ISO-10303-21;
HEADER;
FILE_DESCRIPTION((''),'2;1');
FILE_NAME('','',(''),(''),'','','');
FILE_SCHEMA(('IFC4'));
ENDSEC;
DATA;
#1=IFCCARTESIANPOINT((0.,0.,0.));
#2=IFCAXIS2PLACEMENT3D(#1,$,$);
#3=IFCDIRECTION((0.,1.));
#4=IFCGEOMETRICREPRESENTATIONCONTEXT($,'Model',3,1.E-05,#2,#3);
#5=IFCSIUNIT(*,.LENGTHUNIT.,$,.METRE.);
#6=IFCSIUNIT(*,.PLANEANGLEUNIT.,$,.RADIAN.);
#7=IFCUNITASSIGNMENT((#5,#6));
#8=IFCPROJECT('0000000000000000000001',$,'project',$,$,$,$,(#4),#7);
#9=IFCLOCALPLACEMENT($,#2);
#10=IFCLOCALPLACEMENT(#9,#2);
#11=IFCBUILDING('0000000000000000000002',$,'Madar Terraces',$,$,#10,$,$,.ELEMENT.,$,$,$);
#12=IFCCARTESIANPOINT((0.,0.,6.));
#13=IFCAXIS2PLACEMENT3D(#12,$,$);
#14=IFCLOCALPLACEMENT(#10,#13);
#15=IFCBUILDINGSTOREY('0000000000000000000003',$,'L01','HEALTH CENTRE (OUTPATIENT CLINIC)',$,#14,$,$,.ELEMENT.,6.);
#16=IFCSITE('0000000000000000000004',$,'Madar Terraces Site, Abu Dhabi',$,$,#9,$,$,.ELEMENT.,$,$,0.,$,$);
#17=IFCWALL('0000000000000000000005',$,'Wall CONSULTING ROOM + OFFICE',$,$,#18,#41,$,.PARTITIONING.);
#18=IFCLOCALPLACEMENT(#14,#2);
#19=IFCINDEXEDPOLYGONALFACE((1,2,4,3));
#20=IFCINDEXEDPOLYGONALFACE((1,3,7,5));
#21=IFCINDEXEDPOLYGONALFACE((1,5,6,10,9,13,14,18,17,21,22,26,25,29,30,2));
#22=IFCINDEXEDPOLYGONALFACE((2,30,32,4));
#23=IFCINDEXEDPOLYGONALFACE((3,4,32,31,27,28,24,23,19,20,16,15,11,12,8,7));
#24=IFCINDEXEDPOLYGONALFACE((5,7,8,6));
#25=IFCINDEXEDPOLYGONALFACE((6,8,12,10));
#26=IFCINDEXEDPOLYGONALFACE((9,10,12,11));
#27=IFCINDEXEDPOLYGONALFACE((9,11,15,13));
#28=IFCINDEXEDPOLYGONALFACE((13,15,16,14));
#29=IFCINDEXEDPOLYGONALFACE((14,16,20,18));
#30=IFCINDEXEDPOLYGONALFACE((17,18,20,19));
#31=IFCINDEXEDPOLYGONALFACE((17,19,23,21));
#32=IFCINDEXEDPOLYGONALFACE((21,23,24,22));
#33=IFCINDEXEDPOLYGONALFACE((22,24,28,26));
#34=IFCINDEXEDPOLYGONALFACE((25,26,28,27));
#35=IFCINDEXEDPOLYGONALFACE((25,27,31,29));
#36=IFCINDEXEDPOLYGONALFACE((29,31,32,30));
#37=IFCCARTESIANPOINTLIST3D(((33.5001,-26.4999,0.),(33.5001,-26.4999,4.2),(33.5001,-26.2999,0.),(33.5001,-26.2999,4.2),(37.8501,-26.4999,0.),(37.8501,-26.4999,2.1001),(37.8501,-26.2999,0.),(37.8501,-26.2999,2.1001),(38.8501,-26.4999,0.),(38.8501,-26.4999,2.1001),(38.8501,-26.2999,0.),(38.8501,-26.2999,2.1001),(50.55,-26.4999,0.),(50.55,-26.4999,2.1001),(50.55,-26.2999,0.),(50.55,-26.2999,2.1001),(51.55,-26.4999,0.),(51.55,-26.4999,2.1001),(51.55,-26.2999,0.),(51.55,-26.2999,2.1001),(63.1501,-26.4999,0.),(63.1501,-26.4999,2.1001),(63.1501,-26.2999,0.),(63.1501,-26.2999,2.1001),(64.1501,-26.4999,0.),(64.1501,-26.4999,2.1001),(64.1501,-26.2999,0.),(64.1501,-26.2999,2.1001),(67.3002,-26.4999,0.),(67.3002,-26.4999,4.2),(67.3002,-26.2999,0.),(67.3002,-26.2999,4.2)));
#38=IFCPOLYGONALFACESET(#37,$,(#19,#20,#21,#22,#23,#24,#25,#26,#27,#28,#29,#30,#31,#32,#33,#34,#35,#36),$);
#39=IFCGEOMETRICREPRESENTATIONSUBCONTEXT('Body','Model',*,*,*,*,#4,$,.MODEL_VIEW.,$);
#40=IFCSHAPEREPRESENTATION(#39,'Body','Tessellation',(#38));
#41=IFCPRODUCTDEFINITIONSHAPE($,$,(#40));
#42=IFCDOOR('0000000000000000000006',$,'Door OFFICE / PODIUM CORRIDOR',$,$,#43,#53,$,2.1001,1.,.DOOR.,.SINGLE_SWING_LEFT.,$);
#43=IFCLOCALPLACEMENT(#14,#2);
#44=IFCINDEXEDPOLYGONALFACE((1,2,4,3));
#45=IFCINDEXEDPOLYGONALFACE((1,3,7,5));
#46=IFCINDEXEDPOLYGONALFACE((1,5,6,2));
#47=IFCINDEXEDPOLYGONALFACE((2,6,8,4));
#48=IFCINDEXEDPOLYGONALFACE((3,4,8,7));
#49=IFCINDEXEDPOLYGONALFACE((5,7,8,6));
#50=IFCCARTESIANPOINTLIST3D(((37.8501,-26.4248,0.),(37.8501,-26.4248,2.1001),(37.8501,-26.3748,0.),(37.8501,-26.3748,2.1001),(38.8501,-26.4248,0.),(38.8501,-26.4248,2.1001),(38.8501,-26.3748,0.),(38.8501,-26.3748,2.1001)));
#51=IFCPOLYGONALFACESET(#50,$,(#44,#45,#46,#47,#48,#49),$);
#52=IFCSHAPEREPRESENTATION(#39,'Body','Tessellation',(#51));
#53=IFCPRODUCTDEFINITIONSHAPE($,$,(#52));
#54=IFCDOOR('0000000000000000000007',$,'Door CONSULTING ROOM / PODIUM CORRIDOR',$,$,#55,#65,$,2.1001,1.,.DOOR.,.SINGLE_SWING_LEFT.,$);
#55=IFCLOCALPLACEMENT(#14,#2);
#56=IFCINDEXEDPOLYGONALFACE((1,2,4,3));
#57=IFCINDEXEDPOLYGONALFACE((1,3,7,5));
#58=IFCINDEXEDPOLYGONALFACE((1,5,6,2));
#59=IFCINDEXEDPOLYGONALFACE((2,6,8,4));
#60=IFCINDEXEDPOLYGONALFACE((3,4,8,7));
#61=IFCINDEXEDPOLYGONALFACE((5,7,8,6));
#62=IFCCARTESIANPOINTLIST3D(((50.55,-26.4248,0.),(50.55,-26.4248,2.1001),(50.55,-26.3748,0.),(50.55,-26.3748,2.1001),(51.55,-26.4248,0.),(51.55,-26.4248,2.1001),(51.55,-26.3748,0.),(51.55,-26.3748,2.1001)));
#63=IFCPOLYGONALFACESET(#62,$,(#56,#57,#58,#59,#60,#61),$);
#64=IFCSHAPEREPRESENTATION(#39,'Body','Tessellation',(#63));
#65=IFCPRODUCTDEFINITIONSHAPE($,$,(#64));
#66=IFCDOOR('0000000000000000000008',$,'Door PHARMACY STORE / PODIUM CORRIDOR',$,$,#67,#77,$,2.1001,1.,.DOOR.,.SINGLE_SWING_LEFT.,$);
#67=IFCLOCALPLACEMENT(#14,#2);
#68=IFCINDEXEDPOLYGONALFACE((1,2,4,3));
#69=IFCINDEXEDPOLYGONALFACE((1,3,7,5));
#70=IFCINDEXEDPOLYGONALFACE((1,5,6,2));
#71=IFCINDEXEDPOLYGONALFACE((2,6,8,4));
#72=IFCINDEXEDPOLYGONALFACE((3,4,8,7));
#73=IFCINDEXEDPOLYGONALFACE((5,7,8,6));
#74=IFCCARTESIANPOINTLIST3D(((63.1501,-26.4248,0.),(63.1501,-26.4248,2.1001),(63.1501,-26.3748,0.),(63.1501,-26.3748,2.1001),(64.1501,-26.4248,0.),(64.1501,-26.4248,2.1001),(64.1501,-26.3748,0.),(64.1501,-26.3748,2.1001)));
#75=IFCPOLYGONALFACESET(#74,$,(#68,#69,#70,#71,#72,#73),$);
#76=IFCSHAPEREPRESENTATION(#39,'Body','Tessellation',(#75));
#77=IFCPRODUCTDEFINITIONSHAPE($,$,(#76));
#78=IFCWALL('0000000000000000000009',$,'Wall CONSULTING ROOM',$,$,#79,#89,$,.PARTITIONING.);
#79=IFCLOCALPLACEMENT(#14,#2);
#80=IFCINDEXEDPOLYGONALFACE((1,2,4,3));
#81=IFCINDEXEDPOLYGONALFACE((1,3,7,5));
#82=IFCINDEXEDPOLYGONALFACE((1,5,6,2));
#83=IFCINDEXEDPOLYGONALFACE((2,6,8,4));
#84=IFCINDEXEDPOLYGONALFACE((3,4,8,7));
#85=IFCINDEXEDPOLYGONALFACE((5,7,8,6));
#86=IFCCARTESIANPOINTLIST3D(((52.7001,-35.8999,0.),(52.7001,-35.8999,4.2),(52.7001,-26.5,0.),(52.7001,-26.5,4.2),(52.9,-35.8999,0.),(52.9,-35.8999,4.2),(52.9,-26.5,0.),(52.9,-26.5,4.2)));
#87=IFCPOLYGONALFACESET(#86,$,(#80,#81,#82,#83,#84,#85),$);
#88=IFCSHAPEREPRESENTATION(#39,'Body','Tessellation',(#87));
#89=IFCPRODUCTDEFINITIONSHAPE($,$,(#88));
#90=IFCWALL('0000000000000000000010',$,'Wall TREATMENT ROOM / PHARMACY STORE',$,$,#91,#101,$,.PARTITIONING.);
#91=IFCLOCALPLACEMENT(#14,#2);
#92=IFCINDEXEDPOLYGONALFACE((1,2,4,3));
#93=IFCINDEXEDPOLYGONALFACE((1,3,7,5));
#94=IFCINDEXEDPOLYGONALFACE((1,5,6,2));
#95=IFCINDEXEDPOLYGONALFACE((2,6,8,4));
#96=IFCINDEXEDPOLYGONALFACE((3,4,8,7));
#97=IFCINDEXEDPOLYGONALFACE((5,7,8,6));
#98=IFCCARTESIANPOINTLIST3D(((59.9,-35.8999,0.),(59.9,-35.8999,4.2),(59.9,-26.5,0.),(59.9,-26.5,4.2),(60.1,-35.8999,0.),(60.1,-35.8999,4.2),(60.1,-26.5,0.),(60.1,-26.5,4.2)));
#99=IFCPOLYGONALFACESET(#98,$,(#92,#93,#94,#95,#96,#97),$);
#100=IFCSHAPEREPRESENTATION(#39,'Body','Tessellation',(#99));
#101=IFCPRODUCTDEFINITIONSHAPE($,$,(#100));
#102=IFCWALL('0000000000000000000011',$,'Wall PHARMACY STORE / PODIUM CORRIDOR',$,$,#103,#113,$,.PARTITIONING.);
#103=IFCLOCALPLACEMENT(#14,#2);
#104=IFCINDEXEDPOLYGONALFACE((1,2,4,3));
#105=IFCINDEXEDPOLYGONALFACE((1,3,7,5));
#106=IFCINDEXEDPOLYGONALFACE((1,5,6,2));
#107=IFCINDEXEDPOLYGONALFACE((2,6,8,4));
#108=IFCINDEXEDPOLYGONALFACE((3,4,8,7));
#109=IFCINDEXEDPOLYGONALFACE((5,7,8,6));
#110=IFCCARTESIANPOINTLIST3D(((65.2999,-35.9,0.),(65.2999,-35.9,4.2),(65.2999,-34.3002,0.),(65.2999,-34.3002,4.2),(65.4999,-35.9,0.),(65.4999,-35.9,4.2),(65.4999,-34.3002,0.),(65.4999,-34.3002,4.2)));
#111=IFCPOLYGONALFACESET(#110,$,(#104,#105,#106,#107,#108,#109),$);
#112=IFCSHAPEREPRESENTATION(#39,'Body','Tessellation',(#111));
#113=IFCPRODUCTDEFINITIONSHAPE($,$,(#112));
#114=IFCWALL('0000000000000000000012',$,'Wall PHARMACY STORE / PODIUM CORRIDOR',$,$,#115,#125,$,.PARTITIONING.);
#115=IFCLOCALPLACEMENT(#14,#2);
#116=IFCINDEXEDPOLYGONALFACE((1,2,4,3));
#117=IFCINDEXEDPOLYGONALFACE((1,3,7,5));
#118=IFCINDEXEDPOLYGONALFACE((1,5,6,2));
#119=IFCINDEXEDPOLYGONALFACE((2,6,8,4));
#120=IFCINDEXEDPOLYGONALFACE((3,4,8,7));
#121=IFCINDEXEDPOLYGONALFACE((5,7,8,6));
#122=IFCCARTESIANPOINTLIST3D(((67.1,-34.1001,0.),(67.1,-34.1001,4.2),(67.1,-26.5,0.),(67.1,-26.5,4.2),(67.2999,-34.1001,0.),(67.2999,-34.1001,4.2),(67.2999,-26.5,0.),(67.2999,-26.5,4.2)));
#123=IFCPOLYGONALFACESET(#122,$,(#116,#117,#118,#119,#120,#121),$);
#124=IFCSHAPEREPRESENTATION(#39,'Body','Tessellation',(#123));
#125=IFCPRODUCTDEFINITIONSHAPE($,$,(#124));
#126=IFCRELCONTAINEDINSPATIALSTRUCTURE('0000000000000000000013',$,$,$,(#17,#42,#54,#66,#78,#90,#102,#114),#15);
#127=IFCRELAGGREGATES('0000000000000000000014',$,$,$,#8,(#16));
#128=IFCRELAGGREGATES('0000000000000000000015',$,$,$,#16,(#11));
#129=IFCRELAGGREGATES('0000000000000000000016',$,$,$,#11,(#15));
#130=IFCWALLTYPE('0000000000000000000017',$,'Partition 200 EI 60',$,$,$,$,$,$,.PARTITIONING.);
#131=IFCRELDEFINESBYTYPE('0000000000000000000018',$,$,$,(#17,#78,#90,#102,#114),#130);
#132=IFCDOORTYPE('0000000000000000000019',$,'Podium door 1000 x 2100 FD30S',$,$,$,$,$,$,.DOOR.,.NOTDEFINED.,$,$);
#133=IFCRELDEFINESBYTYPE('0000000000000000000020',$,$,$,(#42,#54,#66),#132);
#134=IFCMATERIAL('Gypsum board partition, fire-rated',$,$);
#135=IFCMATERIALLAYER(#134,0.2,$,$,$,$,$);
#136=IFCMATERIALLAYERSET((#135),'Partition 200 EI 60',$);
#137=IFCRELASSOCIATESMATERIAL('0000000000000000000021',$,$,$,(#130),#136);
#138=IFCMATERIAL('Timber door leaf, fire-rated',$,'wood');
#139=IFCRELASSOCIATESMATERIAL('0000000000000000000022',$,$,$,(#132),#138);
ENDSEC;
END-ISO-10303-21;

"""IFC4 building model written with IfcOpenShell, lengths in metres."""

from ifc_helpers import new_model, si_unit, direction, frame, frame_2d, origin, place, context, subcontext, project, spatial, rectangle, extrude, material, layer, layer_set, type_object, element, fill, save


model = new_model("IFC4")

# Units and contexts
model_context = context("Model", 3, precision=1e-05, world=origin(), true_north=direction((0.0, 1.0)))
body_context = subcontext(model_context, "Body", "Model", "MODEL_VIEW")
ifc_project = project(units=[si_unit("LENGTHUNIT", "METRE"), si_unit("PLANEANGLEUNIT", "RADIAN")], contexts=[model_context])

# Site, building, storey
site_placement = place(None, origin())
site = spatial("IfcSite", under=ifc_project, at=site_placement, Name="Madar Terraces Site, Abu Dhabi", CompositionType="ELEMENT", RefElevation=0.0)
building_placement = place(site_placement, origin())
building = spatial("IfcBuilding", under=site, at=building_placement, Name="Madar Terraces", CompositionType="ELEMENT")
storey_placement = place(building_placement, frame((0.0, 0.0, 6.0)))
storey = spatial("IfcBuildingStorey", under=building, at=storey_placement, Name="L01", Description="HEALTH CENTRE (OUTPATIENT CLINIC)", CompositionType="ELEMENT", Elevation=6.0)

# Shared definitions
ifc_material_1 = material(Name="Gypsum board partition, fire-rated")
ifc_layer_1 = layer(ifc_material_1, 0.2)
ifc_layer_set_1 = layer_set([ifc_layer_1], Name="Partition 200 EI 60")
wall_type = type_object("IfcWallType", Name="Partition 200 EI 60", PredefinedType="PARTITIONING", material=ifc_layer_set_1)

# Wall, openings, doors
wall_1_placement = place(storey_placement, frame((67.3, -26.3999, 0.0), z_axis=(0.0, 0.0, 1.0), x_axis=(-1.0, 0.0, 0.0)))
wall_1 = element("IfcWall", 1, at=wall_1_placement, inside=storey, type_object=wall_type, Name="Wall CONSULTING ROOM + OFFICE", PredefinedType="PARTITIONING", context=body_context, shape_type="SweptSolid", body=[
    extrude(rectangle(XDim=33.8, YDim=0.2, at=frame_2d((16.8999, 0.0))), origin(), (0.0, 0.0, 1.0), 4.2),
])
opening_1_placement = place(wall_1_placement, frame((28.45, 0.0, 0.0)))
opening_1 = element("IfcOpeningElement", 2, at=opening_1_placement, cuts=wall_1, PredefinedType="OPENING", context=body_context, shape_type="SweptSolid", body=[
    extrude(rectangle(XDim=1.0, YDim=2.1001, at=frame_2d((0.5, 1.05))), frame((0.0, 0.1099, 0.0), z_axis=(0.0, -1.0, 0.0), x_axis=(1.0, 0.0, 0.0)), (0.0, 0.0, 1.0), 0.22),
])
opening_2_placement = place(wall_1_placement, frame((15.75, 0.0, 0.0)))
opening_2 = element("IfcOpeningElement", 3, at=opening_2_placement, cuts=wall_1, PredefinedType="OPENING", context=body_context, shape_type="SweptSolid", body=[
    extrude(rectangle(XDim=1.0, YDim=2.1001, at=frame_2d((0.5, 1.05))), frame((0.0, 0.1099, 0.0), z_axis=(0.0, -1.0, 0.0), x_axis=(1.0, 0.0, 0.0)), (0.0, 0.0, 1.0), 0.22),
])
opening_3_placement = place(wall_1_placement, frame((3.1499, 0.0, 0.0)))
opening_3 = element("IfcOpeningElement", 4, at=opening_3_placement, cuts=wall_1, PredefinedType="OPENING", context=body_context, shape_type="SweptSolid", body=[
    extrude(rectangle(XDim=1.0, YDim=2.1001, at=frame_2d((0.5, 1.05))), frame((0.0, 0.1099, 0.0), z_axis=(0.0, -1.0, 0.0), x_axis=(1.0, 0.0, 0.0)), (0.0, 0.0, 1.0), 0.22),
])
ifc_material_2 = material(Name="Timber door leaf, fire-rated", Category="wood")
door_type = type_object("IfcDoorType", Name="Podium door 1000 x 2100 FD30S", OperationType="NOTDEFINED", PredefinedType="DOOR", material=ifc_material_2)
door_1_placement = place(opening_1_placement, origin())
door_1 = element("IfcDoor", 5, at=door_1_placement, inside=storey, type_object=door_type, Name="Door OFFICE / PODIUM CORRIDOR", OperationType="SINGLE_SWING_LEFT", OverallHeight=2.1001, OverallWidth=1.0, PredefinedType="DOOR", context=body_context, shape_type="SweptSolid", body=[
    extrude(rectangle(XDim=1.0, YDim=2.1001, at=frame_2d((0.5, 1.05))), frame((0.0, 0.0249, 0.0), z_axis=(0.0, -1.0, 0.0), x_axis=(1.0, 0.0, 0.0)), (0.0, 0.0, 1.0), 0.05),
])
fill(opening_1, door_1)
door_2_placement = place(opening_2_placement, origin())
door_2 = element("IfcDoor", 6, at=door_2_placement, inside=storey, type_object=door_type, Name="Door CONSULTING ROOM / PODIUM CORRIDOR", OperationType="SINGLE_SWING_LEFT", OverallHeight=2.1001, OverallWidth=1.0, PredefinedType="DOOR", context=body_context, shape_type="SweptSolid", body=[
    extrude(rectangle(XDim=1.0, YDim=2.1001, at=frame_2d((0.5, 1.05))), frame((0.0, 0.0249, 0.0), z_axis=(0.0, -1.0, 0.0), x_axis=(1.0, 0.0, 0.0)), (0.0, 0.0, 1.0), 0.05),
])
fill(opening_2, door_2)
door_3_placement = place(opening_3_placement, origin())
door_3 = element("IfcDoor", 7, at=door_3_placement, inside=storey, type_object=door_type, Name="Door PHARMACY STORE / PODIUM CORRIDOR", OperationType="SINGLE_SWING_LEFT", OverallHeight=2.1001, OverallWidth=1.0, PredefinedType="DOOR", context=body_context, shape_type="SweptSolid", body=[
    extrude(rectangle(XDim=1.0, YDim=2.1001, at=frame_2d((0.5, 1.05))), frame((0.0, 0.0249, 0.0), z_axis=(0.0, -1.0, 0.0), x_axis=(1.0, 0.0, 0.0)), (0.0, 0.0, 1.0), 0.05),
])
fill(opening_3, door_3)

# Walls
for number, where, z_axis, x_axis, name in (
    (8, (52.8, -35.8999, 0.0), (0.0, 0.0, 1.0), (0.0, 1.0, 0.0), "Wall CONSULTING ROOM"),
    (9, (60.0, -35.8999, 0.0), (0.0, 0.0, 1.0), (0.0, 1.0, 0.0), "Wall TREATMENT ROOM / PHARMACY STORE"),
):
    element("IfcWall", number, at=place(storey_placement, frame(where, z_axis=z_axis, x_axis=x_axis)), inside=storey, type_object=wall_type, Name=name, PredefinedType="PARTITIONING", context=body_context, shape_type="SweptSolid", body=[
        extrude(rectangle(XDim=9.3999, YDim=0.2, at=frame_2d((4.7, 0.0))), origin(), (0.0, 0.0, 1.0), 4.2),
    ])
wall_2_placement = place(storey_placement, frame((65.3999, -35.8999, 0.0), z_axis=(0.0, 0.0, 1.0), x_axis=(0.0, 1.0, 0.0)))
element("IfcWall", 10, at=wall_2_placement, inside=storey, type_object=wall_type, Name="Wall PHARMACY STORE / PODIUM CORRIDOR", PredefinedType="PARTITIONING", context=body_context, shape_type="SweptSolid", body=[
    extrude(rectangle(XDim=1.5999, YDim=0.2, at=frame_2d((0.7998, 0.0))), origin(), (0.0, 0.0, 1.0), 4.2),
])
wall_3_placement = place(storey_placement, frame((67.2, -34.1001, 0.0), z_axis=(0.0, 0.0, 1.0), x_axis=(0.0, 1.0, 0.0)))
element("IfcWall", 11, at=wall_3_placement, inside=storey, type_object=wall_type, Name="Wall PHARMACY STORE / PODIUM CORRIDOR", PredefinedType="PARTITIONING", context=body_context, shape_type="SweptSolid", body=[
    extrude(rectangle(XDim=7.6001, YDim=0.2, at=frame_2d((3.8, 0.0))), origin(), (0.0, 0.0, 1.0), 4.2),
])

save(model, "model.ifc")
